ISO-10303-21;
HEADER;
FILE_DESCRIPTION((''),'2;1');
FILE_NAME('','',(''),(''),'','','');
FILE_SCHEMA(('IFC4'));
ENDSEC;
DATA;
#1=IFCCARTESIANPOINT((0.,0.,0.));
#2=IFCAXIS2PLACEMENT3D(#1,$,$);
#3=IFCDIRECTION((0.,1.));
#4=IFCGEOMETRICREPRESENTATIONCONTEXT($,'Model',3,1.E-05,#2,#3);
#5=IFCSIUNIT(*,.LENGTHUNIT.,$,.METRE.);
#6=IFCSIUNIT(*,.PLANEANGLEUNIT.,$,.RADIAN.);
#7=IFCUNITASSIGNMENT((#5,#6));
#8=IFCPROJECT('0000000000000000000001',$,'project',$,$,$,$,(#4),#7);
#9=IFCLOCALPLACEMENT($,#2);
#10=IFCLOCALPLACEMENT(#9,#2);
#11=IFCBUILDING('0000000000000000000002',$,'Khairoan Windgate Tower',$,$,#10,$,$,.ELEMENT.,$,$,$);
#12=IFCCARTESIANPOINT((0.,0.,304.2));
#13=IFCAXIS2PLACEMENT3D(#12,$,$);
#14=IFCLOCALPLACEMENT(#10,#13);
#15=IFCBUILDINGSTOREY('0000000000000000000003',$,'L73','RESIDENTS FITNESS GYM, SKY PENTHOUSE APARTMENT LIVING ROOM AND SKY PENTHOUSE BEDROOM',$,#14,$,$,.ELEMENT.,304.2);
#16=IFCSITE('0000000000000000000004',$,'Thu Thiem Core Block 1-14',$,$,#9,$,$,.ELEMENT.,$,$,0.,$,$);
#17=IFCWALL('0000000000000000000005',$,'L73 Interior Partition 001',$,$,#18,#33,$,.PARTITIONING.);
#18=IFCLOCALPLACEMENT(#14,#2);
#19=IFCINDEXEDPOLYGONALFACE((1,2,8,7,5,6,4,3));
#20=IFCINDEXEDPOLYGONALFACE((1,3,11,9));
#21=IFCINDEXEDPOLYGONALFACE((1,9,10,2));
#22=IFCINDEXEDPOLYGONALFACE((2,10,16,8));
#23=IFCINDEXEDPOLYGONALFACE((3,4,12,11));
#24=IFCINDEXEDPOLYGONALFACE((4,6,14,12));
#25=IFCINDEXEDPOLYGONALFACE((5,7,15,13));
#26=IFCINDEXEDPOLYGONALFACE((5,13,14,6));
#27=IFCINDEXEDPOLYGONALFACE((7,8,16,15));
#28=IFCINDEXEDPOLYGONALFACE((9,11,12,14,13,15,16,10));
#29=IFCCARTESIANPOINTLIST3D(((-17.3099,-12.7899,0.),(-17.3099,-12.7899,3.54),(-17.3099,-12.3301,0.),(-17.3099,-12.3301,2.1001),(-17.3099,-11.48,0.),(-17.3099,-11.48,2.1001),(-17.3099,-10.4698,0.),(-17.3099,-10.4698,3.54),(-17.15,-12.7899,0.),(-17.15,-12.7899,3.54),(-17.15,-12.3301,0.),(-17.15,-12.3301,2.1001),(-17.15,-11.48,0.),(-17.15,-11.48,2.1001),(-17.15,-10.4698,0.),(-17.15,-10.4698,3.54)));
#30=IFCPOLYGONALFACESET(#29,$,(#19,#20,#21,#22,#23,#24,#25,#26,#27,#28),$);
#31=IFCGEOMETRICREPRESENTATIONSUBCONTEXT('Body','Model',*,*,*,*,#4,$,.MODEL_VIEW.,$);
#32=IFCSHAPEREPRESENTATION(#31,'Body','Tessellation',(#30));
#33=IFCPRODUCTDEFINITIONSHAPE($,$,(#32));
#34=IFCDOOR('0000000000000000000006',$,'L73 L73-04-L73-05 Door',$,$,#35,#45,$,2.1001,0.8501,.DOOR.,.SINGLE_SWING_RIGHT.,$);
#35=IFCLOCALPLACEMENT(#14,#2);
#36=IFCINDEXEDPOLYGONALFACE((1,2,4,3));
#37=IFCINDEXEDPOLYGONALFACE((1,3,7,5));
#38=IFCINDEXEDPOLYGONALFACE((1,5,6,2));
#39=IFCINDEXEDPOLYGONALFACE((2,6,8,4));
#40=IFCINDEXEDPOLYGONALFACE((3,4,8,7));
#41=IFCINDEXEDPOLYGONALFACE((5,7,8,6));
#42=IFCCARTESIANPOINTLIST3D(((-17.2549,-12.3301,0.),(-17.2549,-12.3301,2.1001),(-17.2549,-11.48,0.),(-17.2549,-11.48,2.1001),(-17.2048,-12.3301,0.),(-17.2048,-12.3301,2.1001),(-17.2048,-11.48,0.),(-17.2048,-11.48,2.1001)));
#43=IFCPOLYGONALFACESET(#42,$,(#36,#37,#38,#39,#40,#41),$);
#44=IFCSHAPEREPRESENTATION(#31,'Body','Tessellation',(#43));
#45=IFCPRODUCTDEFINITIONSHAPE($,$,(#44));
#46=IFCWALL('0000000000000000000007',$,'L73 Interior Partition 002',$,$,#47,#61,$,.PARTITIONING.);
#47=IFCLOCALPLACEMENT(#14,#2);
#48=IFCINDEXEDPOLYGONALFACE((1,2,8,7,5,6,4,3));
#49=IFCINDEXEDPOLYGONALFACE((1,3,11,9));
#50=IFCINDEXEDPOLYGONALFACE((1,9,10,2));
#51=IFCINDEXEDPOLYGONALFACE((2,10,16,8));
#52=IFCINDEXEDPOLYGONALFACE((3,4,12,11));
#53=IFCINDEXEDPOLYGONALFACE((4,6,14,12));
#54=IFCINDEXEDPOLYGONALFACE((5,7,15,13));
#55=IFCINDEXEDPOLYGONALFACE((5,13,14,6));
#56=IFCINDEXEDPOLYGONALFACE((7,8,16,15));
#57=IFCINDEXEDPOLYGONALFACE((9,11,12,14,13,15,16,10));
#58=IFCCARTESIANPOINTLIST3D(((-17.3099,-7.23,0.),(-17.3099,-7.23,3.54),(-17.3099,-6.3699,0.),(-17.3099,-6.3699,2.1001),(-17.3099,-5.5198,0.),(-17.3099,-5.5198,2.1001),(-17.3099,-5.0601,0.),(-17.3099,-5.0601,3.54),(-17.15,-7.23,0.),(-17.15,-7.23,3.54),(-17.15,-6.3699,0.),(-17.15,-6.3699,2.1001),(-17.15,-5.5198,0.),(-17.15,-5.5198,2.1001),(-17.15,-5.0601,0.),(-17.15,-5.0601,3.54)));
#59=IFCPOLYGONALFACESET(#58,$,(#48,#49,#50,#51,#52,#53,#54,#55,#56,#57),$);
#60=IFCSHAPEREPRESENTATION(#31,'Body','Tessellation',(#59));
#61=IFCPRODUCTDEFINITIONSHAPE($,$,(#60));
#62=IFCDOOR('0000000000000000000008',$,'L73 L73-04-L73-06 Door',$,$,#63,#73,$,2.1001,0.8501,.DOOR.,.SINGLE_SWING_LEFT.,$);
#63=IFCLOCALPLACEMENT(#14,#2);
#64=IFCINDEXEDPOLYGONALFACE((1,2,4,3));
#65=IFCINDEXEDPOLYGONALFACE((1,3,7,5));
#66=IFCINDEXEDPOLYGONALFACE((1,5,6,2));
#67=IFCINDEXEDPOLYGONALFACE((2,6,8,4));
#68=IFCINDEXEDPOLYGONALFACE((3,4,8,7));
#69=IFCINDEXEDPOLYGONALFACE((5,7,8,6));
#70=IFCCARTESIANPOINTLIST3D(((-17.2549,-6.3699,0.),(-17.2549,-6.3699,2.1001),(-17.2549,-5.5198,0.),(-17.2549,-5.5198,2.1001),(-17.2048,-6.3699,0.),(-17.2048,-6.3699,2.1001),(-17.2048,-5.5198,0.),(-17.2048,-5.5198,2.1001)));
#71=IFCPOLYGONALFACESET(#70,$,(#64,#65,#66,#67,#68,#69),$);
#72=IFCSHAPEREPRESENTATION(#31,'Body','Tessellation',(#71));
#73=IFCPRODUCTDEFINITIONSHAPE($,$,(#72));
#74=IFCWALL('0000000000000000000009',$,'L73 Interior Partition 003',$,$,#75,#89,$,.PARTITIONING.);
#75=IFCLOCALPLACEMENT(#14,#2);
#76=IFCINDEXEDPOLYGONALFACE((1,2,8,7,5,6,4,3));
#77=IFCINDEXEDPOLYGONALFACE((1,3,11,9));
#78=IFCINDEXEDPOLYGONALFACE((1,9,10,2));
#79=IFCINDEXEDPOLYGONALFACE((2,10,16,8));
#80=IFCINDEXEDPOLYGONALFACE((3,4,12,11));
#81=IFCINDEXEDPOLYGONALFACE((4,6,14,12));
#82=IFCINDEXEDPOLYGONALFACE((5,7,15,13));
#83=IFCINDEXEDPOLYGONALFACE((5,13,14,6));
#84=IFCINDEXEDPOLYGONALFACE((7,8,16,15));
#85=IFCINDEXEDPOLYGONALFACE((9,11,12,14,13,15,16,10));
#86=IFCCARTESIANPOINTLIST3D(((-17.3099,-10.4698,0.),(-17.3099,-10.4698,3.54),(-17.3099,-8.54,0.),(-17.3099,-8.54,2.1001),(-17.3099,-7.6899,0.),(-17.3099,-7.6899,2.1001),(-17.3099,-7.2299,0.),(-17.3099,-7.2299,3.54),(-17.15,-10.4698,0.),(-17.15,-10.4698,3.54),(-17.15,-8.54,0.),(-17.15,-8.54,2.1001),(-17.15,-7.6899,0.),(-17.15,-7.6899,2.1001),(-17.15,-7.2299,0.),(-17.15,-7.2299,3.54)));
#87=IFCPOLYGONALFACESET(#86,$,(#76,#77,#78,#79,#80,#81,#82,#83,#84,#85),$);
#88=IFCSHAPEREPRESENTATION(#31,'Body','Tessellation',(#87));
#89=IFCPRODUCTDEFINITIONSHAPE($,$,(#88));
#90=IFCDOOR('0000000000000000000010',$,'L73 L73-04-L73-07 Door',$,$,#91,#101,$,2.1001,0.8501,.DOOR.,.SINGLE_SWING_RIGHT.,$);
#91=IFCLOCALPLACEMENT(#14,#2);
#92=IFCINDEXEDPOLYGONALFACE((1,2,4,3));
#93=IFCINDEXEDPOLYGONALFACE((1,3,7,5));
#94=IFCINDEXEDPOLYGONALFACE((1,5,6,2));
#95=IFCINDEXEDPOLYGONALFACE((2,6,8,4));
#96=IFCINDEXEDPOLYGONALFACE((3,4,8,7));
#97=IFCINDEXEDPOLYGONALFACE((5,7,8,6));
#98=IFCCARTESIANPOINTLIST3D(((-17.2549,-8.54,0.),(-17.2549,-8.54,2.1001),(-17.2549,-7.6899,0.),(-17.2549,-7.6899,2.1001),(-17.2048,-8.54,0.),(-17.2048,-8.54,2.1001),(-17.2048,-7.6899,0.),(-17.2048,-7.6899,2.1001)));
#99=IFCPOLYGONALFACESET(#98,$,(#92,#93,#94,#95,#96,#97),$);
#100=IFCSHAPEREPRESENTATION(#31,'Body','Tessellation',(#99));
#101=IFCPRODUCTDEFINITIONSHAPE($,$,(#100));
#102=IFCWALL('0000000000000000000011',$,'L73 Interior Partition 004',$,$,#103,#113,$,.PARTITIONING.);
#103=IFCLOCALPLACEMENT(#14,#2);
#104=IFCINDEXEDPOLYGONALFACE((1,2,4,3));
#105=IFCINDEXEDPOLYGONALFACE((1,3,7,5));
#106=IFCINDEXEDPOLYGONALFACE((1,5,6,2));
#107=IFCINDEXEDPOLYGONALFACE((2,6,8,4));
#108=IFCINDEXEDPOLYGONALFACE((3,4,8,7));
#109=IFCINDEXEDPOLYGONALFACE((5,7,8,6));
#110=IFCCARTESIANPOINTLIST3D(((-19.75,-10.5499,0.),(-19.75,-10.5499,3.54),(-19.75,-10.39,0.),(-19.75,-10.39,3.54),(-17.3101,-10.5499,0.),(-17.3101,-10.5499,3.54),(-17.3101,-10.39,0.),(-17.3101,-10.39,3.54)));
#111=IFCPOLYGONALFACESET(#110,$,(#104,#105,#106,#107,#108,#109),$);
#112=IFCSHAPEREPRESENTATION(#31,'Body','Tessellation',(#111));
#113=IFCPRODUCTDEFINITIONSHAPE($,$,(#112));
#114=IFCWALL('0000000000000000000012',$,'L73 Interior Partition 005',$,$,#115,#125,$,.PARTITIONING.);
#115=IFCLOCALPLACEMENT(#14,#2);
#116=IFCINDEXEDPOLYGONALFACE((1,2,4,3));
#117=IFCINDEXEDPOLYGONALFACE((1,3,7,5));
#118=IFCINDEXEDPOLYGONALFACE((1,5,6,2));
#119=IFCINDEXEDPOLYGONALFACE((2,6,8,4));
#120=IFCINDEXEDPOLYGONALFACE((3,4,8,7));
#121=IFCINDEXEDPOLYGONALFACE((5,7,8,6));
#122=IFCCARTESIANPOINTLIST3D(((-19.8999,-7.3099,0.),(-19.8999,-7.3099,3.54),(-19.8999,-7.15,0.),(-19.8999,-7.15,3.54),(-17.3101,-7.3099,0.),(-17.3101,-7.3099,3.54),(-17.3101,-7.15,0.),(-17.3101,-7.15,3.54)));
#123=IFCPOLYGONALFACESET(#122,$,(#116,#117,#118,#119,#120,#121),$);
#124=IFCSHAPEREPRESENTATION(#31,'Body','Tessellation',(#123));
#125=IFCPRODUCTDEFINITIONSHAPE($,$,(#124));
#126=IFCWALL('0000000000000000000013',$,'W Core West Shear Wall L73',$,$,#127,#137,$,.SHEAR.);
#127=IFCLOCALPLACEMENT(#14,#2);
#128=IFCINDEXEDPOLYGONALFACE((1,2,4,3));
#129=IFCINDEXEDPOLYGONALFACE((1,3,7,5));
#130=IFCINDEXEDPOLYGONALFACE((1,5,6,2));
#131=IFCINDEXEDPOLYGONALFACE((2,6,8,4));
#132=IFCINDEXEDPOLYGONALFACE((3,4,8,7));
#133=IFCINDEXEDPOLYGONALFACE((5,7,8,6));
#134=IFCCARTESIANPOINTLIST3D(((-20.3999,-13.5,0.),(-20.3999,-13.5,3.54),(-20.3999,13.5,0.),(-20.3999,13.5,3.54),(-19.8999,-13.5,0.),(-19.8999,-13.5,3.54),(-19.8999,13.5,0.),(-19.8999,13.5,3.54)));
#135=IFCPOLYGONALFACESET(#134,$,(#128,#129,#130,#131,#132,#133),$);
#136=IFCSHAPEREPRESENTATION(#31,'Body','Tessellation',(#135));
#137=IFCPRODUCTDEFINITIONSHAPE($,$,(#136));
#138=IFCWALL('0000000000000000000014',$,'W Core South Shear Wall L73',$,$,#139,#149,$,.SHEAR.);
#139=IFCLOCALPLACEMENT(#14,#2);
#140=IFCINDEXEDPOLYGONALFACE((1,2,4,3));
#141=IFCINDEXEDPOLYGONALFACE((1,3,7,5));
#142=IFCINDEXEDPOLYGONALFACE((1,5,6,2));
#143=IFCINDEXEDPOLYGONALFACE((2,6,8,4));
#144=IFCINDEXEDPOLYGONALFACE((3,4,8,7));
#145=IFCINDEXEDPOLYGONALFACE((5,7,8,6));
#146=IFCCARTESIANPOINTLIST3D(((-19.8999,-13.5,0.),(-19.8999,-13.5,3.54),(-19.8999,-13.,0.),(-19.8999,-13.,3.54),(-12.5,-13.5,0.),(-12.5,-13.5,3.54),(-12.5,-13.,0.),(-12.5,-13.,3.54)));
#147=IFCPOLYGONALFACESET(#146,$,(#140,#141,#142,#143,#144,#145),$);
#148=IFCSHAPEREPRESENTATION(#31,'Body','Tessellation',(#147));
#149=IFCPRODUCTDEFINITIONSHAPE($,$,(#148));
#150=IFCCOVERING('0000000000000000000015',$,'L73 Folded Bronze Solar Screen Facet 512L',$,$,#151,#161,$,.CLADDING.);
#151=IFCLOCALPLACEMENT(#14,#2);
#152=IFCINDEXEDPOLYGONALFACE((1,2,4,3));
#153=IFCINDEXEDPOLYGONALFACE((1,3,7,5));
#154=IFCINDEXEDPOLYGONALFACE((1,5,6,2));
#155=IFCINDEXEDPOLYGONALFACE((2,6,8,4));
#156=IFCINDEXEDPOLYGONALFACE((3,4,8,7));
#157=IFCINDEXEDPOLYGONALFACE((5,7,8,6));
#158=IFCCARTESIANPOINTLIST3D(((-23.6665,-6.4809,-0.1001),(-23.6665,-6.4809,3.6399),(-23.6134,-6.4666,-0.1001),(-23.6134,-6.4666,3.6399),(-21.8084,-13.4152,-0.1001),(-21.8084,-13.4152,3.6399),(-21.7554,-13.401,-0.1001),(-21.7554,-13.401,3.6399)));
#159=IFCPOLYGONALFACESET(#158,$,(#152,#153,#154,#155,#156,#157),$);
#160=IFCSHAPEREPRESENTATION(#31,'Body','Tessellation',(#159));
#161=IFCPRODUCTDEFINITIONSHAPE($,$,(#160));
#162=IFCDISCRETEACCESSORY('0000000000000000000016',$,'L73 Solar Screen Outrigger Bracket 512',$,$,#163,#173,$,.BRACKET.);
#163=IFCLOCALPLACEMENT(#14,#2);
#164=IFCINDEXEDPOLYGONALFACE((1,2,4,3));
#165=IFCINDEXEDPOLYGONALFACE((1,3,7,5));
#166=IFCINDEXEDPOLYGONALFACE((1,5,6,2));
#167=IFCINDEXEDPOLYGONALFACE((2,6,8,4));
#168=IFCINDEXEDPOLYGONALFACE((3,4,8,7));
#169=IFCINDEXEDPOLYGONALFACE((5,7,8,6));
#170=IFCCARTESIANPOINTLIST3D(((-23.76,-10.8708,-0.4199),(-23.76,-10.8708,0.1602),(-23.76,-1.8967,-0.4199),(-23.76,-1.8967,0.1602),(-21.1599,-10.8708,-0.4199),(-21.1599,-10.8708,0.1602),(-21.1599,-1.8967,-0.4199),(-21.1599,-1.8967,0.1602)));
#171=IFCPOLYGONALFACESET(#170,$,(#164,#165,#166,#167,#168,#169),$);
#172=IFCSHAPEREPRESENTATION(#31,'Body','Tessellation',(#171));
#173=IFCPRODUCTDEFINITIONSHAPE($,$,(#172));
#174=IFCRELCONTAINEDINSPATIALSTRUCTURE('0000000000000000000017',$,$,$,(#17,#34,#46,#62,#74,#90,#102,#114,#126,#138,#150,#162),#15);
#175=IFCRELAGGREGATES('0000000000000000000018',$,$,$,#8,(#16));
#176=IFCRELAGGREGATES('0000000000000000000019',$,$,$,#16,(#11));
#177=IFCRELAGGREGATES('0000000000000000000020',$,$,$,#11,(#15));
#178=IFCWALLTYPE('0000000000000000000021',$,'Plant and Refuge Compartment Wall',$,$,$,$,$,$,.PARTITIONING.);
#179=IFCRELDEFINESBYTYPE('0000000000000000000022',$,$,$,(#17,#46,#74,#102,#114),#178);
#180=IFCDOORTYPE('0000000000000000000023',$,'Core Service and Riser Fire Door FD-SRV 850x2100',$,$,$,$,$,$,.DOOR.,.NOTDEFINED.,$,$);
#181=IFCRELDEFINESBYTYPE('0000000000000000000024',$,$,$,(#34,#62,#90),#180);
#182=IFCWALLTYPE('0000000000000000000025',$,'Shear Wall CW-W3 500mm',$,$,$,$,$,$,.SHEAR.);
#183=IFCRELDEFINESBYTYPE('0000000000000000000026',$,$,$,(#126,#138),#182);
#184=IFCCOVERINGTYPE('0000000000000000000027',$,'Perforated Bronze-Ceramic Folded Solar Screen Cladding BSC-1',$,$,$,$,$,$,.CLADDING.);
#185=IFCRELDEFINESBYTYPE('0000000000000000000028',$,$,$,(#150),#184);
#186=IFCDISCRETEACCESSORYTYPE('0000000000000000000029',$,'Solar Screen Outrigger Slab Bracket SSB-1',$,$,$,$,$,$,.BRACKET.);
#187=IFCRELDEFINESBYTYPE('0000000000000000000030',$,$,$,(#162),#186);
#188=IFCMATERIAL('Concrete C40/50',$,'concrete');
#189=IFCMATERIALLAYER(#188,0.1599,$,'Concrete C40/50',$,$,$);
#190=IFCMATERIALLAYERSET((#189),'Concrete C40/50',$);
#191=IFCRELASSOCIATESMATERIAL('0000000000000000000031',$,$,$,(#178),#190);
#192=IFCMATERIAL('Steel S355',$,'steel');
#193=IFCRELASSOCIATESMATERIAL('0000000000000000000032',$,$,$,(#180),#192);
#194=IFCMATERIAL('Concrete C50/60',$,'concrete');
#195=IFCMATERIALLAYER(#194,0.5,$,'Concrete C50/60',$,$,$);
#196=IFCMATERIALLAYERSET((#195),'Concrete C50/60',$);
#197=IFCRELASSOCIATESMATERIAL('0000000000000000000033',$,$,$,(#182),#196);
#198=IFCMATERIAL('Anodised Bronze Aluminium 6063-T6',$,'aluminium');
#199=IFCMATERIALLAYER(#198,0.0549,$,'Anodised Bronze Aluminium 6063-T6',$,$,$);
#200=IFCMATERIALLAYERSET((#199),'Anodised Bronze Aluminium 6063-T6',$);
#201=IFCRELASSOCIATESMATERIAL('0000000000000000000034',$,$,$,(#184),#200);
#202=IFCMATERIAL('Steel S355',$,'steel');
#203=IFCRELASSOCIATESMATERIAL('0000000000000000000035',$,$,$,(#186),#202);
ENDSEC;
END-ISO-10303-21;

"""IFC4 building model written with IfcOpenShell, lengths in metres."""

from ifc_helpers import new_model, si_unit, direction, frame, frame_2d, origin, origin_2d, place, context, subcontext, project, spatial, rectangle, extrude, material, layer, layer_set, type_object, element, fill, save


model = new_model("IFC4")

# Units and contexts
model_context = context("Model", 3, precision=1e-05, world=origin(), true_north=direction((0.0, 1.0)))
body_context = subcontext(model_context, "Body", "Model", "MODEL_VIEW")
ifc_project = project(units=[si_unit("LENGTHUNIT", "METRE"), si_unit("PLANEANGLEUNIT", "RADIAN")], contexts=[model_context])

# Site, building, storey
site_placement = place(None, origin())
site = spatial("IfcSite", under=ifc_project, at=site_placement, Name="Thu Thiem Core Block 1-14", CompositionType="ELEMENT", RefElevation=0.0)
building_placement = place(site_placement, origin())
building = spatial("IfcBuilding", under=site, at=building_placement, Name="Khairoan Windgate Tower", CompositionType="ELEMENT")
storey_placement = place(building_placement, frame((0.0, 0.0, 304.2)))
storey = spatial("IfcBuildingStorey", under=building, at=storey_placement, Name="L73", Description="RESIDENTS FITNESS GYM, SKY PENTHOUSE APARTMENT LIVING ROOM AND SKY PENTHOUSE BEDROOM", CompositionType="ELEMENT", Elevation=304.2)

# Walls, openings, doors
ifc_material_1 = material(Name="Concrete C40/50", Category="concrete")
ifc_layer_1 = layer(ifc_material_1, 0.1599, Name="Concrete C40/50")
ifc_layer_set_1 = layer_set([ifc_layer_1], Name="Concrete C40/50")
wall_type_1 = type_object("IfcWallType", Name="Plant and Refuge Compartment Wall", PredefinedType="PARTITIONING", material=ifc_layer_set_1)
wall_1_placement = place(storey_placement, frame((-17.23, -12.79, 0.0), z_axis=(0.0, 0.0, 1.0), x_axis=(0.0, 1.0, 0.0)))
wall_1 = element("IfcWall", 1, at=wall_1_placement, inside=storey, type_object=wall_type_1, Name="L73 Interior Partition 001", PredefinedType="PARTITIONING", context=body_context, shape_type="SweptSolid", body=[
    extrude(rectangle(XDim=2.3201, YDim=0.1599, at=frame_2d((1.1602, 0.0))), origin(), (0.0, 0.0, 1.0), 3.54),
])
opening_1_placement = place(wall_1_placement, frame((0.46, 0.0, 0.0)))
opening_1 = element("IfcOpeningElement", 2, at=opening_1_placement, cuts=wall_1, PredefinedType="OPENING", context=body_context, shape_type="SweptSolid", body=[
    extrude(rectangle(XDim=0.8501, YDim=2.1001, at=frame_2d((0.425, 1.05))), frame((0.0, 0.0898, 0.0), z_axis=(0.0, -1.0, 0.0), x_axis=(1.0, 0.0, 0.0)), (0.0, 0.0, 1.0), 0.1799),
])
ifc_material_2 = material(Name="Steel S355", Category="steel")
door_type_1 = type_object("IfcDoorType", Name="Core Service and Riser Fire Door FD-SRV 850x2100", OperationType="NOTDEFINED", PredefinedType="DOOR", material=ifc_material_2)
door_1_placement = place(opening_1_placement, origin())
door_1 = element("IfcDoor", 3, at=door_1_placement, inside=storey, type_object=door_type_1, Name="L73 L73-04-L73-05 Door", OperationType="SINGLE_SWING_RIGHT", OverallHeight=2.1001, OverallWidth=0.8501, PredefinedType="DOOR", context=body_context, shape_type="SweptSolid", body=[
    extrude(rectangle(XDim=0.8501, YDim=2.1001, at=frame_2d((0.425, 1.05))), frame((0.0, 0.0249, 0.0), z_axis=(0.0, -1.0, 0.0), x_axis=(1.0, 0.0, 0.0)), (0.0, 0.0, 1.0), 0.05),
])
fill(opening_1, door_1)
wall_2_placement = place(storey_placement, frame((-17.23, -7.23, 0.0), z_axis=(0.0, 0.0, 1.0), x_axis=(0.0, 1.0, 0.0)))
wall_2 = element("IfcWall", 4, at=wall_2_placement, inside=storey, type_object=wall_type_1, Name="L73 Interior Partition 002", PredefinedType="PARTITIONING", context=body_context, shape_type="SweptSolid", body=[
    extrude(rectangle(XDim=2.1699, YDim=0.1599, at=frame_2d((1.085, 0.0))), origin(), (0.0, 0.0, 1.0), 3.54),
])
opening_2_placement = place(wall_2_placement, frame((0.8601, 0.0, 0.0)))
opening_2 = element("IfcOpeningElement", 5, at=opening_2_placement, cuts=wall_2, PredefinedType="OPENING", context=body_context, shape_type="SweptSolid", body=[
    extrude(rectangle(XDim=0.8501, YDim=2.1001, at=frame_2d((0.425, 1.05))), frame((0.0, 0.0898, 0.0), z_axis=(0.0, -1.0, 0.0), x_axis=(1.0, 0.0, 0.0)), (0.0, 0.0, 1.0), 0.1799),
])
door_2_placement = place(opening_2_placement, origin())
door_2 = element("IfcDoor", 6, at=door_2_placement, inside=storey, type_object=door_type_1, Name="L73 L73-04-L73-06 Door", OperationType="SINGLE_SWING_LEFT", OverallHeight=2.1001, OverallWidth=0.8501, PredefinedType="DOOR", context=body_context, shape_type="SweptSolid", body=[
    extrude(rectangle(XDim=0.8501, YDim=2.1001, at=frame_2d((0.425, 1.05))), frame((0.0, 0.0249, 0.0), z_axis=(0.0, -1.0, 0.0), x_axis=(1.0, 0.0, 0.0)), (0.0, 0.0, 1.0), 0.05),
])
fill(opening_2, door_2)
wall_3_placement = place(storey_placement, frame((-17.23, -10.47, 0.0), z_axis=(0.0, 0.0, 1.0), x_axis=(0.0, 1.0, 0.0)))
wall_3 = element("IfcWall", 7, at=wall_3_placement, inside=storey, type_object=wall_type_1, Name="L73 Interior Partition 003", PredefinedType="PARTITIONING", context=body_context, shape_type="SweptSolid", body=[
    extrude(rectangle(XDim=3.24, YDim=0.1599, at=frame_2d((1.6201, 0.0))), origin(), (0.0, 0.0, 1.0), 3.54),
])
opening_3_placement = place(wall_3_placement, frame((1.9299, 0.0, 0.0)))
opening_3 = element("IfcOpeningElement", 8, at=opening_3_placement, cuts=wall_3, PredefinedType="OPENING", context=body_context, shape_type="SweptSolid", body=[
    extrude(rectangle(XDim=0.8501, YDim=2.1001, at=frame_2d((0.425, 1.05))), frame((0.0, 0.0898, 0.0), z_axis=(0.0, -1.0, 0.0), x_axis=(1.0, 0.0, 0.0)), (0.0, 0.0, 1.0), 0.1799),
])
door_3_placement = place(opening_3_placement, origin())
door_3 = element("IfcDoor", 9, at=door_3_placement, inside=storey, type_object=door_type_1, Name="L73 L73-04-L73-07 Door", OperationType="SINGLE_SWING_RIGHT", OverallHeight=2.1001, OverallWidth=0.8501, PredefinedType="DOOR", context=body_context, shape_type="SweptSolid", body=[
    extrude(rectangle(XDim=0.8501, YDim=2.1001, at=frame_2d((0.425, 1.05))), frame((0.0, 0.0249, 0.0), z_axis=(0.0, -1.0, 0.0), x_axis=(1.0, 0.0, 0.0)), (0.0, 0.0, 1.0), 0.05),
])
fill(opening_3, door_3)

# Walls
wall_4_placement = place(storey_placement, frame((-19.75, -10.47, 0.0), z_axis=(0.0, 0.0, 1.0), x_axis=(1.0, 0.0, 0.0)))
element("IfcWall", 10, at=wall_4_placement, inside=storey, type_object=wall_type_1, Name="L73 Interior Partition 004", PredefinedType="PARTITIONING", context=body_context, shape_type="SweptSolid", body=[
    extrude(rectangle(XDim=2.4399, YDim=0.1599, at=frame_2d((1.22, 0.0))), origin(), (0.0, 0.0, 1.0), 3.54),
])
wall_5_placement = place(storey_placement, frame((-19.8999, -7.23, 0.0), z_axis=(0.0, 0.0, 1.0), x_axis=(1.0, 0.0, 0.0)))
element("IfcWall", 11, at=wall_5_placement, inside=storey, type_object=wall_type_1, Name="L73 Interior Partition 005", PredefinedType="PARTITIONING", context=body_context, shape_type="SweptSolid", body=[
    extrude(rectangle(XDim=2.5898, YDim=0.1599, at=frame_2d((1.2949, 0.0))), origin(), (0.0, 0.0, 1.0), 3.54),
])
ifc_material_3 = material(Name="Concrete C50/60", Category="concrete")
ifc_layer_2 = layer(ifc_material_3, 0.5, Name="Concrete C50/60")
ifc_layer_set_2 = layer_set([ifc_layer_2], Name="Concrete C50/60")
wall_type_2 = type_object("IfcWallType", Name="Shear Wall CW-W3 500mm", PredefinedType="SHEAR", material=ifc_layer_set_2)
wall_6_placement = place(storey_placement, frame((-20.1499, -13.5, 0.0), z_axis=(0.0, 0.0, 1.0), x_axis=(0.0, 1.0, 0.0)))
element("IfcWall", 12, at=wall_6_placement, inside=storey, type_object=wall_type_2, Name="W Core West Shear Wall L73", PredefinedType="SHEAR", context=body_context, shape_type="SweptSolid", body=[
    extrude(rectangle(XDim=27.0, YDim=0.5, at=frame_2d((13.5, 0.0))), origin(), (0.0, 0.0, 1.0), 3.54),
])
wall_7_placement = place(storey_placement, frame((-19.8999, -13.25, 0.0), z_axis=(0.0, 0.0, 1.0), x_axis=(1.0, 0.0, 0.0)))
element("IfcWall", 13, at=wall_7_placement, inside=storey, type_object=wall_type_2, Name="W Core South Shear Wall L73", PredefinedType="SHEAR", context=body_context, shape_type="SweptSolid", body=[
    extrude(rectangle(XDim=7.3999, YDim=0.5, at=frame_2d((3.7, 0.0))), origin(), (0.0, 0.0, 1.0), 3.54),
])

# Covering
ifc_material_4 = material(Name="Anodised Bronze Aluminium 6063-T6", Category="aluminium")
ifc_layer_3 = layer(ifc_material_4, 0.0549, Name="Anodised Bronze Aluminium 6063-T6")
ifc_layer_set_3 = layer_set([ifc_layer_3], Name="Anodised Bronze Aluminium 6063-T6")
covering_type = type_object("IfcCoveringType", Name="Perforated Bronze-Ceramic Folded Solar Screen Cladding BSC-1", PredefinedType="CLADDING", material=ifc_layer_set_3)
covering_placement = place(storey_placement, frame((-22.7109, -9.9409, -0.1001), z_axis=(0.0, 0.0, 1.0), x_axis=(-0.258819, 0.965926, 0.0)))
element("IfcCovering", 14, at=covering_placement, inside=storey, type_object=covering_type, Name="L73 Folded Bronze Solar Screen Facet 512L", PredefinedType="CLADDING", context=body_context, shape_type="SweptSolid", body=[
    extrude(rectangle(XDim=7.179, YDim=0.0549, at=origin_2d()), origin(), (0.0, 0.0, 1.0), 3.74),
])

# Discrete accessory
ifc_material_5 = material(Name="Steel S355", Category="steel")
discrete_accessory_type = type_object("IfcDiscreteAccessoryType", Name="Solar Screen Outrigger Slab Bracket SSB-1", PredefinedType="BRACKET", material=ifc_material_5)
discrete_accessory_placement = place(storey_placement, frame((-22.46, -6.3838, -0.4199), z_axis=(0.0, 0.0, 1.0), x_axis=(0.0, 1.0, 0.0)))
element("IfcDiscreteAccessory", 15, at=discrete_accessory_placement, inside=storey, type_object=discrete_accessory_type, Name="L73 Solar Screen Outrigger Bracket 512", PredefinedType="BRACKET", context=body_context, shape_type="SweptSolid", body=[
    extrude(rectangle(XDim=8.9741, YDim=2.6001, at=origin_2d()), origin(), (0.0, 0.0, 1.0), 0.5801),
])

save(model, "model.ifc")
